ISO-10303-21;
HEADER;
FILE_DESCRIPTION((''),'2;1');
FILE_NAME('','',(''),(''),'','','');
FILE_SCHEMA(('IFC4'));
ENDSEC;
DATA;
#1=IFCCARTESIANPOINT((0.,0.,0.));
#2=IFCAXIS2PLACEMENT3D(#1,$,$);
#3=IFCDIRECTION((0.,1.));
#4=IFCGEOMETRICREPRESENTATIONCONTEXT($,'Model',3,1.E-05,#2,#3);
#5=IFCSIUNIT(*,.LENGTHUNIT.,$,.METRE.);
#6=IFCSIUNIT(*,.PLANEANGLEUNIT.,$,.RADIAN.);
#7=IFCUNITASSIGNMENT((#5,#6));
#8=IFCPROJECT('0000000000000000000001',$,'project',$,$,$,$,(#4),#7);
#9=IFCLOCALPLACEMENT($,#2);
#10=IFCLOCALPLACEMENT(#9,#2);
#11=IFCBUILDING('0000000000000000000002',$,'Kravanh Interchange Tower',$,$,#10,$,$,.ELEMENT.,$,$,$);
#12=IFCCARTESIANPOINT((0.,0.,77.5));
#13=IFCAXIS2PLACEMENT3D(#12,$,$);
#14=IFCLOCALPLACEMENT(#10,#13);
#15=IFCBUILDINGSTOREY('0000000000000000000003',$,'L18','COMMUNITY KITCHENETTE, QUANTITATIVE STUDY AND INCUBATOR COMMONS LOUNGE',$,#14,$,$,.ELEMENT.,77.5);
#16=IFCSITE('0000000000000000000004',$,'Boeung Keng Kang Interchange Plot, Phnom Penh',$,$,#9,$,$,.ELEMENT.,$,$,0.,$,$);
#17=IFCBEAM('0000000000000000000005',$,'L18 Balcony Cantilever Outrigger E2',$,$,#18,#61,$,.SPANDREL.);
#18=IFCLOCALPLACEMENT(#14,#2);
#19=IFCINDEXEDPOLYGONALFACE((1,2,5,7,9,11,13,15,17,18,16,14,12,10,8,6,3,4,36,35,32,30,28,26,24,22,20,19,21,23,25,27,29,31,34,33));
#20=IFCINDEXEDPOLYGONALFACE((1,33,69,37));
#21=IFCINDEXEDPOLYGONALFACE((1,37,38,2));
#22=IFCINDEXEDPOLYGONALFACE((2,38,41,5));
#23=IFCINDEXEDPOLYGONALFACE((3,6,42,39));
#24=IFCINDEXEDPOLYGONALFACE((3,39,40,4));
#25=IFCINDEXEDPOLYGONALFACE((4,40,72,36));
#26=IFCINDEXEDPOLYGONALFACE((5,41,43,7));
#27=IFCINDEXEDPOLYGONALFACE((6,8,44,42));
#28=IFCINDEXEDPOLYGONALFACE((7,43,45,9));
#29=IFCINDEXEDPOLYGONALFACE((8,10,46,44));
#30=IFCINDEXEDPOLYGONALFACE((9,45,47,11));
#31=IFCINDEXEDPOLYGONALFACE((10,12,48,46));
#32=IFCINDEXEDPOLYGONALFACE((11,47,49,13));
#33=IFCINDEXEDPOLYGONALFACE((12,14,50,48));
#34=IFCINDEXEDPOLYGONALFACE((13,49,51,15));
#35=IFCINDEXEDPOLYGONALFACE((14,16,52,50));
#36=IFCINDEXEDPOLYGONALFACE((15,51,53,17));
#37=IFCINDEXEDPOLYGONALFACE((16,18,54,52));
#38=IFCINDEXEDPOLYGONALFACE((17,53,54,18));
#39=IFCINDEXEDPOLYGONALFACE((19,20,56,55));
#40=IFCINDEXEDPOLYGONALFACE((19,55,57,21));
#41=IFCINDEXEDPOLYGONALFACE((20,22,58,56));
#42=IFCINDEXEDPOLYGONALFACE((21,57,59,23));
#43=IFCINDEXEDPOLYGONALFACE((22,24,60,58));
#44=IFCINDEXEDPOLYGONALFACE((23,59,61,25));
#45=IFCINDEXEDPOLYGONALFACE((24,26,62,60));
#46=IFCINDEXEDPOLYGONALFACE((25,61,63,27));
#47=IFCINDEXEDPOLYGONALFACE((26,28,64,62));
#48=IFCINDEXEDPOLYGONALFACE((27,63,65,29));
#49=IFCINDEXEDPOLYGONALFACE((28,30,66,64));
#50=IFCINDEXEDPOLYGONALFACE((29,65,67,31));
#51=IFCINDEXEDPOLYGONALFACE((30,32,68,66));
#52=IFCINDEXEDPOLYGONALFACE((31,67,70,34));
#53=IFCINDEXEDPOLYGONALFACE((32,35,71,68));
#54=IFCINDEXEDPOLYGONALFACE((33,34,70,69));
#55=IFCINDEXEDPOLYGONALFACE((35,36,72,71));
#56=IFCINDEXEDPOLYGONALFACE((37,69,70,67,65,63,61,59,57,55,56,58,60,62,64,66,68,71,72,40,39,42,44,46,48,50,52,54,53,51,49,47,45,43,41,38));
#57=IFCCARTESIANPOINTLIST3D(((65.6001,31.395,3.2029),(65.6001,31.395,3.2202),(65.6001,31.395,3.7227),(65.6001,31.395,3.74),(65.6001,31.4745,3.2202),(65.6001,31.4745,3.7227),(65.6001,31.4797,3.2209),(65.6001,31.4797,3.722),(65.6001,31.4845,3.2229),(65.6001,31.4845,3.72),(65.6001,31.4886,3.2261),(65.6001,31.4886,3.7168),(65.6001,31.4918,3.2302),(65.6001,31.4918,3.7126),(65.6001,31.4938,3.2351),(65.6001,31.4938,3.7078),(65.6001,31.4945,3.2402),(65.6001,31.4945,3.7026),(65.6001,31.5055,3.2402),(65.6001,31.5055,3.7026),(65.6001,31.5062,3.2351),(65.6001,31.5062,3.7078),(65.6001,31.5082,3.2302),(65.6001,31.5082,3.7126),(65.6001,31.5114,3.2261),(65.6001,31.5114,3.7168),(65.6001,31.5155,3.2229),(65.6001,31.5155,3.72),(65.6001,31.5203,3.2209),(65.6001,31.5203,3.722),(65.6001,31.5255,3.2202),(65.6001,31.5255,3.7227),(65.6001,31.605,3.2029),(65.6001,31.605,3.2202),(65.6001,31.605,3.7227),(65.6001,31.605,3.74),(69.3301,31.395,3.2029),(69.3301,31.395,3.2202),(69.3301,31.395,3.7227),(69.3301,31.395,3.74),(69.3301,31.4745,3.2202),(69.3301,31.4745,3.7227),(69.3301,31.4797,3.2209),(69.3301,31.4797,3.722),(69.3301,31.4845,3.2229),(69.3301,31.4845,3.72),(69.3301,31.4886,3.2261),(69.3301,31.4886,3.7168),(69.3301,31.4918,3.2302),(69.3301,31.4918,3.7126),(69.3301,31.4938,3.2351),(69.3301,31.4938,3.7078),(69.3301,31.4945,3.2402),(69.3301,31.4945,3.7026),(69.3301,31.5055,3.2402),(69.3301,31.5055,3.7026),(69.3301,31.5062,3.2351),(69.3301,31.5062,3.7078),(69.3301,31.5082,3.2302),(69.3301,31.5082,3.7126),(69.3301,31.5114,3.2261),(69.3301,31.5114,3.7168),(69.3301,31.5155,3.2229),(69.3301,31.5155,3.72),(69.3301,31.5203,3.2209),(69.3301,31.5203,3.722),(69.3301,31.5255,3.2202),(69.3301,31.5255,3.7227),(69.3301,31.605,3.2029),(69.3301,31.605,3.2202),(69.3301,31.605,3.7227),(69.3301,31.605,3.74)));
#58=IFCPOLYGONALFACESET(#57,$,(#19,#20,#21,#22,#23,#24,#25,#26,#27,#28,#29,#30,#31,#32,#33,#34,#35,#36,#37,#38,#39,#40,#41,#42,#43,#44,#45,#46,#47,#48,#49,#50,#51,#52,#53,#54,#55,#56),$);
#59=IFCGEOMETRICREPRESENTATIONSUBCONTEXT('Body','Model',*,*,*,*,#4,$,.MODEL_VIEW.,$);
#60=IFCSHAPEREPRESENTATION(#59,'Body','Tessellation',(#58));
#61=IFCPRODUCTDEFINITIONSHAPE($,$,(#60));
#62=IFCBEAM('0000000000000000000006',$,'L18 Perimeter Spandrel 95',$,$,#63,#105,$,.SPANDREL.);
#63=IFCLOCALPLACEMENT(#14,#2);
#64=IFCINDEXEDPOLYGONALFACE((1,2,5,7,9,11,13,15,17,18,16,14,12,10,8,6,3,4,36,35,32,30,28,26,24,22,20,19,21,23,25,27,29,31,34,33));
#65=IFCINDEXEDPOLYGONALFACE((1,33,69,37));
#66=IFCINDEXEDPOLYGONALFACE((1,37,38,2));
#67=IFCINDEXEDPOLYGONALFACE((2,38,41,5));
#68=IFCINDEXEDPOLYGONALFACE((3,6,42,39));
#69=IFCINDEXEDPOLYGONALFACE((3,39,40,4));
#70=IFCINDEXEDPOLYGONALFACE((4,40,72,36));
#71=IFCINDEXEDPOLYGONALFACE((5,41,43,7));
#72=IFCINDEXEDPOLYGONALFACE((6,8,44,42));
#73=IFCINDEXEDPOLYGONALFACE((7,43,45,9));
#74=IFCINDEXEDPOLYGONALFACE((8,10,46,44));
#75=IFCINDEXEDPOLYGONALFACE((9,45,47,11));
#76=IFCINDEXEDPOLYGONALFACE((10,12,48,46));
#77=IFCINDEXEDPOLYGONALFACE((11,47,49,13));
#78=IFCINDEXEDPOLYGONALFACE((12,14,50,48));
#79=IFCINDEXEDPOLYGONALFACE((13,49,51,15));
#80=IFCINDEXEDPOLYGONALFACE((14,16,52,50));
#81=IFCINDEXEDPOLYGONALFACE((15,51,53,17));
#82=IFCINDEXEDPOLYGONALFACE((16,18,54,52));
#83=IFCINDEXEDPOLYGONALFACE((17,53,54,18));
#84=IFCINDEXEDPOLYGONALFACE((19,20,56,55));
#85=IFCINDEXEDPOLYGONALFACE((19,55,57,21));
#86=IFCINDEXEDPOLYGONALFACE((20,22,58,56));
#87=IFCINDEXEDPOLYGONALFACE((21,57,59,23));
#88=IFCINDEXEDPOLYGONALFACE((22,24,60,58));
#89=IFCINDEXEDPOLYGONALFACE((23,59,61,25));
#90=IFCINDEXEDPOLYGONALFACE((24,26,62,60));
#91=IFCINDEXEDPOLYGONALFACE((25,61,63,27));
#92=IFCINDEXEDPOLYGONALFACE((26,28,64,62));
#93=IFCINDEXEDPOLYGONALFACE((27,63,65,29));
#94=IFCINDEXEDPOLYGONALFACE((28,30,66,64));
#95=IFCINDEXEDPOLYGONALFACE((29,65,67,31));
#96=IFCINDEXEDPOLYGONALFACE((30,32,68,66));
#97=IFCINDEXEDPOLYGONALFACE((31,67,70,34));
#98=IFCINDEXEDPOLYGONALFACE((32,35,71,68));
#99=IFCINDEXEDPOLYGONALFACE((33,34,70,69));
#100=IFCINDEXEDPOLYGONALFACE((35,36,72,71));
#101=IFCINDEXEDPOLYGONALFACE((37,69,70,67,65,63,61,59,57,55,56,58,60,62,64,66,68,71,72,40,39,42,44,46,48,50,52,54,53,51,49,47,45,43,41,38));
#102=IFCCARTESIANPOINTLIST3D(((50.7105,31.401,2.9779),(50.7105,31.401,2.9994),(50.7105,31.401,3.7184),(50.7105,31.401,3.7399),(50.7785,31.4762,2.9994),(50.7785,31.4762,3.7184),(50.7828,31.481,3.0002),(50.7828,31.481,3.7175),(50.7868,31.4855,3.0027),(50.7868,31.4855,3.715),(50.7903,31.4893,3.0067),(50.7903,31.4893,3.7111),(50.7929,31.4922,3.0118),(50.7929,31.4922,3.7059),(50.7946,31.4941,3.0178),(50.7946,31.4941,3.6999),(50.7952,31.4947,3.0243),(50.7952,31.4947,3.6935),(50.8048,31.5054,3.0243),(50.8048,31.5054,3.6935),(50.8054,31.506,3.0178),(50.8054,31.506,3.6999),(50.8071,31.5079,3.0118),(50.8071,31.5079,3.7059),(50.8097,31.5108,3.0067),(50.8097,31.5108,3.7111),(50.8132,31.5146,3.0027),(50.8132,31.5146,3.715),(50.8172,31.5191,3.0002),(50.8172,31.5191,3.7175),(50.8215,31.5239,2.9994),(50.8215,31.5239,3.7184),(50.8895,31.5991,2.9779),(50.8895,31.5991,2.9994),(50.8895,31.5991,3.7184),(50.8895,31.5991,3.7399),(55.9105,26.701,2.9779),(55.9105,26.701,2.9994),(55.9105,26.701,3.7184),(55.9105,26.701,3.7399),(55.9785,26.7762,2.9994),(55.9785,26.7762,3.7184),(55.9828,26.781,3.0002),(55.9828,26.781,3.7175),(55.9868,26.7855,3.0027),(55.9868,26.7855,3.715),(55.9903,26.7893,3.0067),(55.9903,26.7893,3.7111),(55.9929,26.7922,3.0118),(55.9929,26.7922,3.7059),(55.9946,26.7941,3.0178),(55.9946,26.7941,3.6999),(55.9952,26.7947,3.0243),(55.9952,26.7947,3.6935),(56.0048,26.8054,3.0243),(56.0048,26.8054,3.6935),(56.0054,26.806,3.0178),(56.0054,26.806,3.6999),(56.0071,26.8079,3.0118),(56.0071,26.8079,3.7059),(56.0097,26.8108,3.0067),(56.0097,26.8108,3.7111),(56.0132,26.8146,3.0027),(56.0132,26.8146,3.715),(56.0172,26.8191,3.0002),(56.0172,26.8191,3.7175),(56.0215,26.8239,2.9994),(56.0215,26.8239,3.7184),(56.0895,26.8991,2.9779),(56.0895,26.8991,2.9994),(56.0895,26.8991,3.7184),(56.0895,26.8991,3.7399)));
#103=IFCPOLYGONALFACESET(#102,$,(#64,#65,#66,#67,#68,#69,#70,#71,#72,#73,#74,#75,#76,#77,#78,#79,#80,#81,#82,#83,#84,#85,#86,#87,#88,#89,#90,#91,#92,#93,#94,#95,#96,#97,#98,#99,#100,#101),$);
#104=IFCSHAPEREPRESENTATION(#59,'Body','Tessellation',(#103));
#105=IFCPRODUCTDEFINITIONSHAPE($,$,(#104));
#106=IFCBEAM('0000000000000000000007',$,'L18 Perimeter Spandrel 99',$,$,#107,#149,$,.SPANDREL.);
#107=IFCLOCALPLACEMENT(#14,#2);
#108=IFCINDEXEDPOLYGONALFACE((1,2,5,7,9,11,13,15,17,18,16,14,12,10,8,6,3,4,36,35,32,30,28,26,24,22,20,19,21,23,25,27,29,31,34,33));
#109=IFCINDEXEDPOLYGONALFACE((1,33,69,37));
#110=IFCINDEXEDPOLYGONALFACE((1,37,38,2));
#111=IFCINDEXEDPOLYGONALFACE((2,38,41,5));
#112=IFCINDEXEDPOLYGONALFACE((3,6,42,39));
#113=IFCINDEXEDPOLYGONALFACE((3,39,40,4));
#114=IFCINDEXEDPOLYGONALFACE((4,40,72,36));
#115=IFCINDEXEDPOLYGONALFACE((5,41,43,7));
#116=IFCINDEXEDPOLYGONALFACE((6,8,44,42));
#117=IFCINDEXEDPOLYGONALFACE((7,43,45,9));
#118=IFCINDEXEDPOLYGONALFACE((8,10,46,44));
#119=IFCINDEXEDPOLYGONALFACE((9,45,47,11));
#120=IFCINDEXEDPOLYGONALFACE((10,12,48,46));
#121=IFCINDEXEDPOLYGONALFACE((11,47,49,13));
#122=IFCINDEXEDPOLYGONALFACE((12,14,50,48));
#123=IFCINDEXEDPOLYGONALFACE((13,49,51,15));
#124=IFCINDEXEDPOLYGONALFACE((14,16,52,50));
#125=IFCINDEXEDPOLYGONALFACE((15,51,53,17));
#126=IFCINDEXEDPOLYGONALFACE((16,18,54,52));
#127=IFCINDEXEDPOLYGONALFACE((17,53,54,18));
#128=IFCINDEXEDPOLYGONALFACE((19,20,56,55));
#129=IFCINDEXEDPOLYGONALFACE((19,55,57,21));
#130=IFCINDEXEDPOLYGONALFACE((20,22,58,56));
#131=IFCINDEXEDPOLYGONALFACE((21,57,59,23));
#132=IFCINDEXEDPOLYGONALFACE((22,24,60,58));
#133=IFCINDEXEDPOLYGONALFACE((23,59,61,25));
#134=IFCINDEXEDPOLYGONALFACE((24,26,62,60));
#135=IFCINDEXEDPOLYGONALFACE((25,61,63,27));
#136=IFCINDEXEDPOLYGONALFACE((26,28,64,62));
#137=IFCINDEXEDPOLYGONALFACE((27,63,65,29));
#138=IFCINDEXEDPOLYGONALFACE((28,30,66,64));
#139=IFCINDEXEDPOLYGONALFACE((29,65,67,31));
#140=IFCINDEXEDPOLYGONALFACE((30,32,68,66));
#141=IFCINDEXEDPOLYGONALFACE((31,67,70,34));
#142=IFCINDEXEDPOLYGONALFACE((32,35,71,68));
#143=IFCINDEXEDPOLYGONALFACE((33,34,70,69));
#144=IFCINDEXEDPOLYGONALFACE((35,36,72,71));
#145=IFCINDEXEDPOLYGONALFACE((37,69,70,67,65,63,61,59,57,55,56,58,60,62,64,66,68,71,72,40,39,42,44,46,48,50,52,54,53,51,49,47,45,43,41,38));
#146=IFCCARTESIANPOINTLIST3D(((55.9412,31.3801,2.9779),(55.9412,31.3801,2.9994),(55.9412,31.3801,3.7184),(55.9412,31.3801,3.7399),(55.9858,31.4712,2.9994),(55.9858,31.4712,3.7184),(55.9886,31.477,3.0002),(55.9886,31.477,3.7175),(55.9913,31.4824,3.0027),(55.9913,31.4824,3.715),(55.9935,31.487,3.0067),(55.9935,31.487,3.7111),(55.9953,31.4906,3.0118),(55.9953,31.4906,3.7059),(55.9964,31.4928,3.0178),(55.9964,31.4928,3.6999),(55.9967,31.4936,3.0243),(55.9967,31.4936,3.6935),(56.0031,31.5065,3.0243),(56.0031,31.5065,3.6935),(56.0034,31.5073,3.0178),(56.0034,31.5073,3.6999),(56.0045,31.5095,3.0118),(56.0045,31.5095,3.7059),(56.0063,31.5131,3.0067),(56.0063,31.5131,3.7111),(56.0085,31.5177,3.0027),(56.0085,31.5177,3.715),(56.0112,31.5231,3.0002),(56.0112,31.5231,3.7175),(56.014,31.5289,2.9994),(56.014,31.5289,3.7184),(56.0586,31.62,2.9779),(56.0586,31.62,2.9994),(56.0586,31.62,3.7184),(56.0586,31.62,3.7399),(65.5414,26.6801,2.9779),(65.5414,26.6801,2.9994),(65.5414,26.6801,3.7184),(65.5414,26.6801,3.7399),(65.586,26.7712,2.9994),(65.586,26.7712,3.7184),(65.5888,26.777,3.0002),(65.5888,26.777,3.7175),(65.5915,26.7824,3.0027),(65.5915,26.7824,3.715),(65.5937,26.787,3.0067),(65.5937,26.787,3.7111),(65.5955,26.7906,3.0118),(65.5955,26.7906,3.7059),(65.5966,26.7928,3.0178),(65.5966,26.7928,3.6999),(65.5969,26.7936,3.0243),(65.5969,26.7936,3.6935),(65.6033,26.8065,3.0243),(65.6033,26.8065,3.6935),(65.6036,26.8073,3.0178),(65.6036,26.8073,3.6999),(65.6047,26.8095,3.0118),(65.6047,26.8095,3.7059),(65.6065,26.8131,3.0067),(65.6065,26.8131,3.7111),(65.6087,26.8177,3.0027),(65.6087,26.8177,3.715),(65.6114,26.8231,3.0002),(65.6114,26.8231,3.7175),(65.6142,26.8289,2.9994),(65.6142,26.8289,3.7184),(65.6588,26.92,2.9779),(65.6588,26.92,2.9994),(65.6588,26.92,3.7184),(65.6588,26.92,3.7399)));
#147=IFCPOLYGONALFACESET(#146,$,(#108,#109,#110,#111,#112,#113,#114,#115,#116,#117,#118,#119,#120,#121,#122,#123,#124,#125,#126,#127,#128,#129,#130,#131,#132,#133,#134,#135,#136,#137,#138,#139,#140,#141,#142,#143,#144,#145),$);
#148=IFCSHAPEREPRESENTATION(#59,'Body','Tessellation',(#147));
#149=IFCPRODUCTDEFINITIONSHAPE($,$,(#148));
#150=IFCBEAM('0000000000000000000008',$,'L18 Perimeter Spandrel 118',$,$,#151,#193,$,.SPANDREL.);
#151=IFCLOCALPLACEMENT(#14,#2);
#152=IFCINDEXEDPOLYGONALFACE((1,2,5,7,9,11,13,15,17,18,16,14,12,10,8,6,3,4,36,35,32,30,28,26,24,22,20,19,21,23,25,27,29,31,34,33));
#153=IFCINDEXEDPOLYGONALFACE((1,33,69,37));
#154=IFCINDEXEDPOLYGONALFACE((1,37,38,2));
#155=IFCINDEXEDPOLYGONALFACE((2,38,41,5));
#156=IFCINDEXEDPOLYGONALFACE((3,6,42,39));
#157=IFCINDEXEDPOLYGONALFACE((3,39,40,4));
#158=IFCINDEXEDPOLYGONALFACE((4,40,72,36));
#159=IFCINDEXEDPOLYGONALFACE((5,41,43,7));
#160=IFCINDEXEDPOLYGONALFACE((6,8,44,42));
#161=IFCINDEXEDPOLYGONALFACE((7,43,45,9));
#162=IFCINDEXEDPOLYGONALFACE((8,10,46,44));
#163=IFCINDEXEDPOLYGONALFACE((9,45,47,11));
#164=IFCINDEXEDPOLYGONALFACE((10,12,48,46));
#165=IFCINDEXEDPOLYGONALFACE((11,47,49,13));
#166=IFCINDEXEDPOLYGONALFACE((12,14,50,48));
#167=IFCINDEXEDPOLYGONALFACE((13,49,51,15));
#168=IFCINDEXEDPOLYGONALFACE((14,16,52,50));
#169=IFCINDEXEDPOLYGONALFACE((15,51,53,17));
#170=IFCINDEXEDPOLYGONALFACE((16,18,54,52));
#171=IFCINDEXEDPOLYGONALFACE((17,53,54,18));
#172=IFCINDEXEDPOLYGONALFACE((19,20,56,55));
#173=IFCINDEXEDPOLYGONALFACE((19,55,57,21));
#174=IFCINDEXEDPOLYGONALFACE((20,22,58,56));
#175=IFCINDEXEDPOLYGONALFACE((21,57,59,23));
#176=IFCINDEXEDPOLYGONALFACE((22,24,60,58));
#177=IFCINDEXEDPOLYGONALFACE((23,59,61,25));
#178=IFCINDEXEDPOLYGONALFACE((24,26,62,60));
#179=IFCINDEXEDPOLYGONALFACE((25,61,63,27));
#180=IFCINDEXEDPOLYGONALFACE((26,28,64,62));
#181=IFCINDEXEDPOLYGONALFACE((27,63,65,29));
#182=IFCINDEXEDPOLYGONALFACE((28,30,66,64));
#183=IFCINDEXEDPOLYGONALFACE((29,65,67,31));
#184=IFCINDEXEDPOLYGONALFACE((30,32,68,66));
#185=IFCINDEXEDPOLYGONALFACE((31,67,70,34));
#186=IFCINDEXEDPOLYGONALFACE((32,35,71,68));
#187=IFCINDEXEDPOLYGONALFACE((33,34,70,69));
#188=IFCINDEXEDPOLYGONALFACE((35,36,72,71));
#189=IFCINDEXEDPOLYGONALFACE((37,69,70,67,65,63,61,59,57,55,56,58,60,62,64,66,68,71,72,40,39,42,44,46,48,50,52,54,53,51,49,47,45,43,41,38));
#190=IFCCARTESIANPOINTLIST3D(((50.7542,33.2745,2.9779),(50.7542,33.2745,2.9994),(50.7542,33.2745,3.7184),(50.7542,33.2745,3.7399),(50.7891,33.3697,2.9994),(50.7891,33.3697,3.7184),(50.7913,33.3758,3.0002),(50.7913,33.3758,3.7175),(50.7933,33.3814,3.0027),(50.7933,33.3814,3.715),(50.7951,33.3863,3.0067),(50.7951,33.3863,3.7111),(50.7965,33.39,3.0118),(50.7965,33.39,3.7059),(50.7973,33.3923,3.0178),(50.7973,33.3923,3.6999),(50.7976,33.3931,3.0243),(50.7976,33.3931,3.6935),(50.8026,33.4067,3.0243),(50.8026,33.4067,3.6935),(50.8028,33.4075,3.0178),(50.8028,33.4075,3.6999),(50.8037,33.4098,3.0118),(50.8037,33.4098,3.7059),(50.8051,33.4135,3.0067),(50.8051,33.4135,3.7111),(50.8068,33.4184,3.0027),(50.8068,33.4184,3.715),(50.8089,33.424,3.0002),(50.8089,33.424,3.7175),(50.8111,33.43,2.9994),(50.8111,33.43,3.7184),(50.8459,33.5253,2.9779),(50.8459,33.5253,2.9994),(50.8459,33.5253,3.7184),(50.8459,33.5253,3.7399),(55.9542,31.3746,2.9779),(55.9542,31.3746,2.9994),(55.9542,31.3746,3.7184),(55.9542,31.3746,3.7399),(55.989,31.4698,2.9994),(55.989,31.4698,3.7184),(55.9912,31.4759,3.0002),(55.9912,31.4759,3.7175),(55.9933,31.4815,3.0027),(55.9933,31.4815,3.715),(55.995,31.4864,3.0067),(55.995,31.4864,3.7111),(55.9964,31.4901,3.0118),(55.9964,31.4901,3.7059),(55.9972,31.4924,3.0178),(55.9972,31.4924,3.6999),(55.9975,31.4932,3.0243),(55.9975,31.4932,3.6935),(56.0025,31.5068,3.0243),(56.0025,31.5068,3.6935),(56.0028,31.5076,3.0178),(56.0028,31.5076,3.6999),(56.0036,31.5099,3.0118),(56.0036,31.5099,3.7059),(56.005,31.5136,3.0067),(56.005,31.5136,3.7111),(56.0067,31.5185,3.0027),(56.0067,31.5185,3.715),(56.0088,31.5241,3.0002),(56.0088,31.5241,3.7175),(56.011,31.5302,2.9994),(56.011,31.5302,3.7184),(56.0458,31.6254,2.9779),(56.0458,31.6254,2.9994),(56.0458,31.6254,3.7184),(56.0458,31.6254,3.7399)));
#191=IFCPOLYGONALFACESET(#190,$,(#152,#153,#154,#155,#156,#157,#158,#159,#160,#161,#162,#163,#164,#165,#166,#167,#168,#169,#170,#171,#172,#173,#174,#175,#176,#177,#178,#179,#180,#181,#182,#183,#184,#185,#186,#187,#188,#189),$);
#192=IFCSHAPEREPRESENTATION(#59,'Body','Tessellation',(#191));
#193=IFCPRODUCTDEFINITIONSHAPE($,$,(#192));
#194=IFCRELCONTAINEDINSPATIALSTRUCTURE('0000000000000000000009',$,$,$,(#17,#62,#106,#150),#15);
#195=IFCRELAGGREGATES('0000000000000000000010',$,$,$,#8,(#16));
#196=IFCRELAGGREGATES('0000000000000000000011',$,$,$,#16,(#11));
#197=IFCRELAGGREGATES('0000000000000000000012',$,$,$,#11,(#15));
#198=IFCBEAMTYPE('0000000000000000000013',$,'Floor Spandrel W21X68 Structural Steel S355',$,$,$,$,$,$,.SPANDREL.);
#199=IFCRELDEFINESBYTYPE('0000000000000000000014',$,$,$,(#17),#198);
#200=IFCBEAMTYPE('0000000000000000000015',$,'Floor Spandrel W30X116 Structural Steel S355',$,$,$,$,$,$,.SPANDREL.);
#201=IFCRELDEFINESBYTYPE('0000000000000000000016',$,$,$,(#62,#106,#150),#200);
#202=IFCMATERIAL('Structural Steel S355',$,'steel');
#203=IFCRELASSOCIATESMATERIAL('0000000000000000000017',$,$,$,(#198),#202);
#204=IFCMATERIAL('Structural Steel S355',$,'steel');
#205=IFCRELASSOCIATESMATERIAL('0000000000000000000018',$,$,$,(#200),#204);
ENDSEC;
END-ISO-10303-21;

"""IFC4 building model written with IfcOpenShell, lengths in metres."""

from ifc_helpers import new_model, si_unit, direction, frame, origin, origin_2d, place, context, subcontext, project, spatial, i_section, extrude, material, material_profile, profile_set, type_object, element, save


model = new_model("IFC4")

# Units and contexts
model_context = context("Model", 3, precision=1e-05, world=origin(), true_north=direction((0.0, 1.0)))
body_context = subcontext(model_context, "Body", "Model", "MODEL_VIEW")
ifc_project = project(units=[si_unit("LENGTHUNIT", "METRE"), si_unit("PLANEANGLEUNIT", "RADIAN")], contexts=[model_context])

# Site, building, storey
site_placement = place(None, origin())
site = spatial("IfcSite", under=ifc_project, at=site_placement, Name="Boeung Keng Kang Interchange Plot, Phnom Penh", CompositionType="ELEMENT", RefElevation=0.0)
building_placement = place(site_placement, origin())
building = spatial("IfcBuilding", under=site, at=building_placement, Name="Kravanh Interchange Tower", CompositionType="ELEMENT")
storey_placement = place(building_placement, frame((0.0, 0.0, 77.5)))
storey = spatial("IfcBuildingStorey", under=building, at=storey_placement, Name="L18", Description="COMMUNITY KITCHENETTE, QUANTITATIVE STUDY AND INCUBATOR COMMONS LOUNGE", CompositionType="ELEMENT", Elevation=77.5)

# Beams
ifc_material_1 = material(Name="Structural Steel S355", Category="steel")
ifc_material_profile_1 = material_profile(ifc_material_1, i_section(OverallWidth=0.21, OverallDepth=0.5371, WebThickness=0.011, FlangeThickness=0.0173, FilletRadius=0.02, at=origin_2d()), Name="W21X68")
ifc_profile_set_1 = profile_set([ifc_material_profile_1], Name="Structural Steel S355")
beam_type_1 = type_object("IfcBeamType", Name="Floor Spandrel W21X68 Structural Steel S355", PredefinedType="SPANDREL", material=ifc_profile_set_1)
for number, where, z_axis, x_axis, name in (
    (1, (65.6001, 31.5, 3.4714), (1.0, 0.0, 0.0), (0.0, 1.0, 0.0), "L18 Balcony Cantilever Outrigger E2"),
):
    element("IfcBeam", number, at=place(storey_placement, frame(where, z_axis=z_axis, x_axis=x_axis)), inside=storey, type_object=beam_type_1, Name=name, PredefinedType="SPANDREL", context=body_context, shape_type="SweptSolid", body=[
        extrude(i_section(OverallWidth=0.21, OverallDepth=0.5371, WebThickness=0.011, FlangeThickness=0.0173, FilletRadius=0.02, at=origin_2d()), origin(), (0.0, 0.0, 1.0), 3.73),
    ])
ifc_material_2 = material(Name="Structural Steel S355", Category="steel")
ifc_material_profile_2 = material_profile(ifc_material_2, i_section(OverallWidth=0.2671, OverallDepth=0.762, WebThickness=0.0144, FlangeThickness=0.0215, FilletRadius=0.0249, at=origin_2d()), Name="W30X116")
ifc_profile_set_2 = profile_set([ifc_material_profile_2], Name="Structural Steel S355")
beam_type_2 = type_object("IfcBeamType", Name="Floor Spandrel W30X116 Structural Steel S355", PredefinedType="SPANDREL", material=ifc_profile_set_2)
beam_1_placement = place(storey_placement, frame((56.0, 26.8, 3.3589), z_axis=(-0.741874, 0.670539, 0.0), x_axis=(-0.670539, -0.741874, 0.0)))
element("IfcBeam", 2, at=beam_1_placement, inside=storey, type_object=beam_type_2, Name="L18 Perimeter Spandrel 95", PredefinedType="SPANDREL", context=body_context, shape_type="SweptSolid", body=[
    extrude(i_section(OverallWidth=0.2671, OverallDepth=0.762, WebThickness=0.0144, FlangeThickness=0.0215, FilletRadius=0.0249, at=origin_2d()), origin(), (0.0, 0.0, 1.0), 7.0093),
])
beam_2_placement = place(storey_placement, frame((65.6001, 26.8, 3.3589), z_axis=(-0.898142, 0.439706, 0.0), x_axis=(-0.439706, -0.898142, 0.0)))
element("IfcBeam", 3, at=beam_2_placement, inside=storey, type_object=beam_type_2, Name="L18 Perimeter Spandrel 99", PredefinedType="SPANDREL", context=body_context, shape_type="SweptSolid", body=[
    extrude(i_section(OverallWidth=0.2671, OverallDepth=0.762, WebThickness=0.0144, FlangeThickness=0.0215, FilletRadius=0.0249, at=origin_2d()), origin(), (0.0, 0.0, 1.0), 10.689),
])
beam_3_placement = place(storey_placement, frame((56.0, 31.5, 3.3589), z_axis=(-0.93927, 0.34318, 0.0), x_axis=(-0.34318, -0.93927, 0.0)))
element("IfcBeam", 4, at=beam_3_placement, inside=storey, type_object=beam_type_2, Name="L18 Perimeter Spandrel 118", PredefinedType="SPANDREL", context=body_context, shape_type="SweptSolid", body=[
    extrude(i_section(OverallWidth=0.2671, OverallDepth=0.762, WebThickness=0.0144, FlangeThickness=0.0215, FilletRadius=0.0249, at=origin_2d()), origin(), (0.0, 0.0, 1.0), 5.5361),
])

save(model, "model.ifc")
